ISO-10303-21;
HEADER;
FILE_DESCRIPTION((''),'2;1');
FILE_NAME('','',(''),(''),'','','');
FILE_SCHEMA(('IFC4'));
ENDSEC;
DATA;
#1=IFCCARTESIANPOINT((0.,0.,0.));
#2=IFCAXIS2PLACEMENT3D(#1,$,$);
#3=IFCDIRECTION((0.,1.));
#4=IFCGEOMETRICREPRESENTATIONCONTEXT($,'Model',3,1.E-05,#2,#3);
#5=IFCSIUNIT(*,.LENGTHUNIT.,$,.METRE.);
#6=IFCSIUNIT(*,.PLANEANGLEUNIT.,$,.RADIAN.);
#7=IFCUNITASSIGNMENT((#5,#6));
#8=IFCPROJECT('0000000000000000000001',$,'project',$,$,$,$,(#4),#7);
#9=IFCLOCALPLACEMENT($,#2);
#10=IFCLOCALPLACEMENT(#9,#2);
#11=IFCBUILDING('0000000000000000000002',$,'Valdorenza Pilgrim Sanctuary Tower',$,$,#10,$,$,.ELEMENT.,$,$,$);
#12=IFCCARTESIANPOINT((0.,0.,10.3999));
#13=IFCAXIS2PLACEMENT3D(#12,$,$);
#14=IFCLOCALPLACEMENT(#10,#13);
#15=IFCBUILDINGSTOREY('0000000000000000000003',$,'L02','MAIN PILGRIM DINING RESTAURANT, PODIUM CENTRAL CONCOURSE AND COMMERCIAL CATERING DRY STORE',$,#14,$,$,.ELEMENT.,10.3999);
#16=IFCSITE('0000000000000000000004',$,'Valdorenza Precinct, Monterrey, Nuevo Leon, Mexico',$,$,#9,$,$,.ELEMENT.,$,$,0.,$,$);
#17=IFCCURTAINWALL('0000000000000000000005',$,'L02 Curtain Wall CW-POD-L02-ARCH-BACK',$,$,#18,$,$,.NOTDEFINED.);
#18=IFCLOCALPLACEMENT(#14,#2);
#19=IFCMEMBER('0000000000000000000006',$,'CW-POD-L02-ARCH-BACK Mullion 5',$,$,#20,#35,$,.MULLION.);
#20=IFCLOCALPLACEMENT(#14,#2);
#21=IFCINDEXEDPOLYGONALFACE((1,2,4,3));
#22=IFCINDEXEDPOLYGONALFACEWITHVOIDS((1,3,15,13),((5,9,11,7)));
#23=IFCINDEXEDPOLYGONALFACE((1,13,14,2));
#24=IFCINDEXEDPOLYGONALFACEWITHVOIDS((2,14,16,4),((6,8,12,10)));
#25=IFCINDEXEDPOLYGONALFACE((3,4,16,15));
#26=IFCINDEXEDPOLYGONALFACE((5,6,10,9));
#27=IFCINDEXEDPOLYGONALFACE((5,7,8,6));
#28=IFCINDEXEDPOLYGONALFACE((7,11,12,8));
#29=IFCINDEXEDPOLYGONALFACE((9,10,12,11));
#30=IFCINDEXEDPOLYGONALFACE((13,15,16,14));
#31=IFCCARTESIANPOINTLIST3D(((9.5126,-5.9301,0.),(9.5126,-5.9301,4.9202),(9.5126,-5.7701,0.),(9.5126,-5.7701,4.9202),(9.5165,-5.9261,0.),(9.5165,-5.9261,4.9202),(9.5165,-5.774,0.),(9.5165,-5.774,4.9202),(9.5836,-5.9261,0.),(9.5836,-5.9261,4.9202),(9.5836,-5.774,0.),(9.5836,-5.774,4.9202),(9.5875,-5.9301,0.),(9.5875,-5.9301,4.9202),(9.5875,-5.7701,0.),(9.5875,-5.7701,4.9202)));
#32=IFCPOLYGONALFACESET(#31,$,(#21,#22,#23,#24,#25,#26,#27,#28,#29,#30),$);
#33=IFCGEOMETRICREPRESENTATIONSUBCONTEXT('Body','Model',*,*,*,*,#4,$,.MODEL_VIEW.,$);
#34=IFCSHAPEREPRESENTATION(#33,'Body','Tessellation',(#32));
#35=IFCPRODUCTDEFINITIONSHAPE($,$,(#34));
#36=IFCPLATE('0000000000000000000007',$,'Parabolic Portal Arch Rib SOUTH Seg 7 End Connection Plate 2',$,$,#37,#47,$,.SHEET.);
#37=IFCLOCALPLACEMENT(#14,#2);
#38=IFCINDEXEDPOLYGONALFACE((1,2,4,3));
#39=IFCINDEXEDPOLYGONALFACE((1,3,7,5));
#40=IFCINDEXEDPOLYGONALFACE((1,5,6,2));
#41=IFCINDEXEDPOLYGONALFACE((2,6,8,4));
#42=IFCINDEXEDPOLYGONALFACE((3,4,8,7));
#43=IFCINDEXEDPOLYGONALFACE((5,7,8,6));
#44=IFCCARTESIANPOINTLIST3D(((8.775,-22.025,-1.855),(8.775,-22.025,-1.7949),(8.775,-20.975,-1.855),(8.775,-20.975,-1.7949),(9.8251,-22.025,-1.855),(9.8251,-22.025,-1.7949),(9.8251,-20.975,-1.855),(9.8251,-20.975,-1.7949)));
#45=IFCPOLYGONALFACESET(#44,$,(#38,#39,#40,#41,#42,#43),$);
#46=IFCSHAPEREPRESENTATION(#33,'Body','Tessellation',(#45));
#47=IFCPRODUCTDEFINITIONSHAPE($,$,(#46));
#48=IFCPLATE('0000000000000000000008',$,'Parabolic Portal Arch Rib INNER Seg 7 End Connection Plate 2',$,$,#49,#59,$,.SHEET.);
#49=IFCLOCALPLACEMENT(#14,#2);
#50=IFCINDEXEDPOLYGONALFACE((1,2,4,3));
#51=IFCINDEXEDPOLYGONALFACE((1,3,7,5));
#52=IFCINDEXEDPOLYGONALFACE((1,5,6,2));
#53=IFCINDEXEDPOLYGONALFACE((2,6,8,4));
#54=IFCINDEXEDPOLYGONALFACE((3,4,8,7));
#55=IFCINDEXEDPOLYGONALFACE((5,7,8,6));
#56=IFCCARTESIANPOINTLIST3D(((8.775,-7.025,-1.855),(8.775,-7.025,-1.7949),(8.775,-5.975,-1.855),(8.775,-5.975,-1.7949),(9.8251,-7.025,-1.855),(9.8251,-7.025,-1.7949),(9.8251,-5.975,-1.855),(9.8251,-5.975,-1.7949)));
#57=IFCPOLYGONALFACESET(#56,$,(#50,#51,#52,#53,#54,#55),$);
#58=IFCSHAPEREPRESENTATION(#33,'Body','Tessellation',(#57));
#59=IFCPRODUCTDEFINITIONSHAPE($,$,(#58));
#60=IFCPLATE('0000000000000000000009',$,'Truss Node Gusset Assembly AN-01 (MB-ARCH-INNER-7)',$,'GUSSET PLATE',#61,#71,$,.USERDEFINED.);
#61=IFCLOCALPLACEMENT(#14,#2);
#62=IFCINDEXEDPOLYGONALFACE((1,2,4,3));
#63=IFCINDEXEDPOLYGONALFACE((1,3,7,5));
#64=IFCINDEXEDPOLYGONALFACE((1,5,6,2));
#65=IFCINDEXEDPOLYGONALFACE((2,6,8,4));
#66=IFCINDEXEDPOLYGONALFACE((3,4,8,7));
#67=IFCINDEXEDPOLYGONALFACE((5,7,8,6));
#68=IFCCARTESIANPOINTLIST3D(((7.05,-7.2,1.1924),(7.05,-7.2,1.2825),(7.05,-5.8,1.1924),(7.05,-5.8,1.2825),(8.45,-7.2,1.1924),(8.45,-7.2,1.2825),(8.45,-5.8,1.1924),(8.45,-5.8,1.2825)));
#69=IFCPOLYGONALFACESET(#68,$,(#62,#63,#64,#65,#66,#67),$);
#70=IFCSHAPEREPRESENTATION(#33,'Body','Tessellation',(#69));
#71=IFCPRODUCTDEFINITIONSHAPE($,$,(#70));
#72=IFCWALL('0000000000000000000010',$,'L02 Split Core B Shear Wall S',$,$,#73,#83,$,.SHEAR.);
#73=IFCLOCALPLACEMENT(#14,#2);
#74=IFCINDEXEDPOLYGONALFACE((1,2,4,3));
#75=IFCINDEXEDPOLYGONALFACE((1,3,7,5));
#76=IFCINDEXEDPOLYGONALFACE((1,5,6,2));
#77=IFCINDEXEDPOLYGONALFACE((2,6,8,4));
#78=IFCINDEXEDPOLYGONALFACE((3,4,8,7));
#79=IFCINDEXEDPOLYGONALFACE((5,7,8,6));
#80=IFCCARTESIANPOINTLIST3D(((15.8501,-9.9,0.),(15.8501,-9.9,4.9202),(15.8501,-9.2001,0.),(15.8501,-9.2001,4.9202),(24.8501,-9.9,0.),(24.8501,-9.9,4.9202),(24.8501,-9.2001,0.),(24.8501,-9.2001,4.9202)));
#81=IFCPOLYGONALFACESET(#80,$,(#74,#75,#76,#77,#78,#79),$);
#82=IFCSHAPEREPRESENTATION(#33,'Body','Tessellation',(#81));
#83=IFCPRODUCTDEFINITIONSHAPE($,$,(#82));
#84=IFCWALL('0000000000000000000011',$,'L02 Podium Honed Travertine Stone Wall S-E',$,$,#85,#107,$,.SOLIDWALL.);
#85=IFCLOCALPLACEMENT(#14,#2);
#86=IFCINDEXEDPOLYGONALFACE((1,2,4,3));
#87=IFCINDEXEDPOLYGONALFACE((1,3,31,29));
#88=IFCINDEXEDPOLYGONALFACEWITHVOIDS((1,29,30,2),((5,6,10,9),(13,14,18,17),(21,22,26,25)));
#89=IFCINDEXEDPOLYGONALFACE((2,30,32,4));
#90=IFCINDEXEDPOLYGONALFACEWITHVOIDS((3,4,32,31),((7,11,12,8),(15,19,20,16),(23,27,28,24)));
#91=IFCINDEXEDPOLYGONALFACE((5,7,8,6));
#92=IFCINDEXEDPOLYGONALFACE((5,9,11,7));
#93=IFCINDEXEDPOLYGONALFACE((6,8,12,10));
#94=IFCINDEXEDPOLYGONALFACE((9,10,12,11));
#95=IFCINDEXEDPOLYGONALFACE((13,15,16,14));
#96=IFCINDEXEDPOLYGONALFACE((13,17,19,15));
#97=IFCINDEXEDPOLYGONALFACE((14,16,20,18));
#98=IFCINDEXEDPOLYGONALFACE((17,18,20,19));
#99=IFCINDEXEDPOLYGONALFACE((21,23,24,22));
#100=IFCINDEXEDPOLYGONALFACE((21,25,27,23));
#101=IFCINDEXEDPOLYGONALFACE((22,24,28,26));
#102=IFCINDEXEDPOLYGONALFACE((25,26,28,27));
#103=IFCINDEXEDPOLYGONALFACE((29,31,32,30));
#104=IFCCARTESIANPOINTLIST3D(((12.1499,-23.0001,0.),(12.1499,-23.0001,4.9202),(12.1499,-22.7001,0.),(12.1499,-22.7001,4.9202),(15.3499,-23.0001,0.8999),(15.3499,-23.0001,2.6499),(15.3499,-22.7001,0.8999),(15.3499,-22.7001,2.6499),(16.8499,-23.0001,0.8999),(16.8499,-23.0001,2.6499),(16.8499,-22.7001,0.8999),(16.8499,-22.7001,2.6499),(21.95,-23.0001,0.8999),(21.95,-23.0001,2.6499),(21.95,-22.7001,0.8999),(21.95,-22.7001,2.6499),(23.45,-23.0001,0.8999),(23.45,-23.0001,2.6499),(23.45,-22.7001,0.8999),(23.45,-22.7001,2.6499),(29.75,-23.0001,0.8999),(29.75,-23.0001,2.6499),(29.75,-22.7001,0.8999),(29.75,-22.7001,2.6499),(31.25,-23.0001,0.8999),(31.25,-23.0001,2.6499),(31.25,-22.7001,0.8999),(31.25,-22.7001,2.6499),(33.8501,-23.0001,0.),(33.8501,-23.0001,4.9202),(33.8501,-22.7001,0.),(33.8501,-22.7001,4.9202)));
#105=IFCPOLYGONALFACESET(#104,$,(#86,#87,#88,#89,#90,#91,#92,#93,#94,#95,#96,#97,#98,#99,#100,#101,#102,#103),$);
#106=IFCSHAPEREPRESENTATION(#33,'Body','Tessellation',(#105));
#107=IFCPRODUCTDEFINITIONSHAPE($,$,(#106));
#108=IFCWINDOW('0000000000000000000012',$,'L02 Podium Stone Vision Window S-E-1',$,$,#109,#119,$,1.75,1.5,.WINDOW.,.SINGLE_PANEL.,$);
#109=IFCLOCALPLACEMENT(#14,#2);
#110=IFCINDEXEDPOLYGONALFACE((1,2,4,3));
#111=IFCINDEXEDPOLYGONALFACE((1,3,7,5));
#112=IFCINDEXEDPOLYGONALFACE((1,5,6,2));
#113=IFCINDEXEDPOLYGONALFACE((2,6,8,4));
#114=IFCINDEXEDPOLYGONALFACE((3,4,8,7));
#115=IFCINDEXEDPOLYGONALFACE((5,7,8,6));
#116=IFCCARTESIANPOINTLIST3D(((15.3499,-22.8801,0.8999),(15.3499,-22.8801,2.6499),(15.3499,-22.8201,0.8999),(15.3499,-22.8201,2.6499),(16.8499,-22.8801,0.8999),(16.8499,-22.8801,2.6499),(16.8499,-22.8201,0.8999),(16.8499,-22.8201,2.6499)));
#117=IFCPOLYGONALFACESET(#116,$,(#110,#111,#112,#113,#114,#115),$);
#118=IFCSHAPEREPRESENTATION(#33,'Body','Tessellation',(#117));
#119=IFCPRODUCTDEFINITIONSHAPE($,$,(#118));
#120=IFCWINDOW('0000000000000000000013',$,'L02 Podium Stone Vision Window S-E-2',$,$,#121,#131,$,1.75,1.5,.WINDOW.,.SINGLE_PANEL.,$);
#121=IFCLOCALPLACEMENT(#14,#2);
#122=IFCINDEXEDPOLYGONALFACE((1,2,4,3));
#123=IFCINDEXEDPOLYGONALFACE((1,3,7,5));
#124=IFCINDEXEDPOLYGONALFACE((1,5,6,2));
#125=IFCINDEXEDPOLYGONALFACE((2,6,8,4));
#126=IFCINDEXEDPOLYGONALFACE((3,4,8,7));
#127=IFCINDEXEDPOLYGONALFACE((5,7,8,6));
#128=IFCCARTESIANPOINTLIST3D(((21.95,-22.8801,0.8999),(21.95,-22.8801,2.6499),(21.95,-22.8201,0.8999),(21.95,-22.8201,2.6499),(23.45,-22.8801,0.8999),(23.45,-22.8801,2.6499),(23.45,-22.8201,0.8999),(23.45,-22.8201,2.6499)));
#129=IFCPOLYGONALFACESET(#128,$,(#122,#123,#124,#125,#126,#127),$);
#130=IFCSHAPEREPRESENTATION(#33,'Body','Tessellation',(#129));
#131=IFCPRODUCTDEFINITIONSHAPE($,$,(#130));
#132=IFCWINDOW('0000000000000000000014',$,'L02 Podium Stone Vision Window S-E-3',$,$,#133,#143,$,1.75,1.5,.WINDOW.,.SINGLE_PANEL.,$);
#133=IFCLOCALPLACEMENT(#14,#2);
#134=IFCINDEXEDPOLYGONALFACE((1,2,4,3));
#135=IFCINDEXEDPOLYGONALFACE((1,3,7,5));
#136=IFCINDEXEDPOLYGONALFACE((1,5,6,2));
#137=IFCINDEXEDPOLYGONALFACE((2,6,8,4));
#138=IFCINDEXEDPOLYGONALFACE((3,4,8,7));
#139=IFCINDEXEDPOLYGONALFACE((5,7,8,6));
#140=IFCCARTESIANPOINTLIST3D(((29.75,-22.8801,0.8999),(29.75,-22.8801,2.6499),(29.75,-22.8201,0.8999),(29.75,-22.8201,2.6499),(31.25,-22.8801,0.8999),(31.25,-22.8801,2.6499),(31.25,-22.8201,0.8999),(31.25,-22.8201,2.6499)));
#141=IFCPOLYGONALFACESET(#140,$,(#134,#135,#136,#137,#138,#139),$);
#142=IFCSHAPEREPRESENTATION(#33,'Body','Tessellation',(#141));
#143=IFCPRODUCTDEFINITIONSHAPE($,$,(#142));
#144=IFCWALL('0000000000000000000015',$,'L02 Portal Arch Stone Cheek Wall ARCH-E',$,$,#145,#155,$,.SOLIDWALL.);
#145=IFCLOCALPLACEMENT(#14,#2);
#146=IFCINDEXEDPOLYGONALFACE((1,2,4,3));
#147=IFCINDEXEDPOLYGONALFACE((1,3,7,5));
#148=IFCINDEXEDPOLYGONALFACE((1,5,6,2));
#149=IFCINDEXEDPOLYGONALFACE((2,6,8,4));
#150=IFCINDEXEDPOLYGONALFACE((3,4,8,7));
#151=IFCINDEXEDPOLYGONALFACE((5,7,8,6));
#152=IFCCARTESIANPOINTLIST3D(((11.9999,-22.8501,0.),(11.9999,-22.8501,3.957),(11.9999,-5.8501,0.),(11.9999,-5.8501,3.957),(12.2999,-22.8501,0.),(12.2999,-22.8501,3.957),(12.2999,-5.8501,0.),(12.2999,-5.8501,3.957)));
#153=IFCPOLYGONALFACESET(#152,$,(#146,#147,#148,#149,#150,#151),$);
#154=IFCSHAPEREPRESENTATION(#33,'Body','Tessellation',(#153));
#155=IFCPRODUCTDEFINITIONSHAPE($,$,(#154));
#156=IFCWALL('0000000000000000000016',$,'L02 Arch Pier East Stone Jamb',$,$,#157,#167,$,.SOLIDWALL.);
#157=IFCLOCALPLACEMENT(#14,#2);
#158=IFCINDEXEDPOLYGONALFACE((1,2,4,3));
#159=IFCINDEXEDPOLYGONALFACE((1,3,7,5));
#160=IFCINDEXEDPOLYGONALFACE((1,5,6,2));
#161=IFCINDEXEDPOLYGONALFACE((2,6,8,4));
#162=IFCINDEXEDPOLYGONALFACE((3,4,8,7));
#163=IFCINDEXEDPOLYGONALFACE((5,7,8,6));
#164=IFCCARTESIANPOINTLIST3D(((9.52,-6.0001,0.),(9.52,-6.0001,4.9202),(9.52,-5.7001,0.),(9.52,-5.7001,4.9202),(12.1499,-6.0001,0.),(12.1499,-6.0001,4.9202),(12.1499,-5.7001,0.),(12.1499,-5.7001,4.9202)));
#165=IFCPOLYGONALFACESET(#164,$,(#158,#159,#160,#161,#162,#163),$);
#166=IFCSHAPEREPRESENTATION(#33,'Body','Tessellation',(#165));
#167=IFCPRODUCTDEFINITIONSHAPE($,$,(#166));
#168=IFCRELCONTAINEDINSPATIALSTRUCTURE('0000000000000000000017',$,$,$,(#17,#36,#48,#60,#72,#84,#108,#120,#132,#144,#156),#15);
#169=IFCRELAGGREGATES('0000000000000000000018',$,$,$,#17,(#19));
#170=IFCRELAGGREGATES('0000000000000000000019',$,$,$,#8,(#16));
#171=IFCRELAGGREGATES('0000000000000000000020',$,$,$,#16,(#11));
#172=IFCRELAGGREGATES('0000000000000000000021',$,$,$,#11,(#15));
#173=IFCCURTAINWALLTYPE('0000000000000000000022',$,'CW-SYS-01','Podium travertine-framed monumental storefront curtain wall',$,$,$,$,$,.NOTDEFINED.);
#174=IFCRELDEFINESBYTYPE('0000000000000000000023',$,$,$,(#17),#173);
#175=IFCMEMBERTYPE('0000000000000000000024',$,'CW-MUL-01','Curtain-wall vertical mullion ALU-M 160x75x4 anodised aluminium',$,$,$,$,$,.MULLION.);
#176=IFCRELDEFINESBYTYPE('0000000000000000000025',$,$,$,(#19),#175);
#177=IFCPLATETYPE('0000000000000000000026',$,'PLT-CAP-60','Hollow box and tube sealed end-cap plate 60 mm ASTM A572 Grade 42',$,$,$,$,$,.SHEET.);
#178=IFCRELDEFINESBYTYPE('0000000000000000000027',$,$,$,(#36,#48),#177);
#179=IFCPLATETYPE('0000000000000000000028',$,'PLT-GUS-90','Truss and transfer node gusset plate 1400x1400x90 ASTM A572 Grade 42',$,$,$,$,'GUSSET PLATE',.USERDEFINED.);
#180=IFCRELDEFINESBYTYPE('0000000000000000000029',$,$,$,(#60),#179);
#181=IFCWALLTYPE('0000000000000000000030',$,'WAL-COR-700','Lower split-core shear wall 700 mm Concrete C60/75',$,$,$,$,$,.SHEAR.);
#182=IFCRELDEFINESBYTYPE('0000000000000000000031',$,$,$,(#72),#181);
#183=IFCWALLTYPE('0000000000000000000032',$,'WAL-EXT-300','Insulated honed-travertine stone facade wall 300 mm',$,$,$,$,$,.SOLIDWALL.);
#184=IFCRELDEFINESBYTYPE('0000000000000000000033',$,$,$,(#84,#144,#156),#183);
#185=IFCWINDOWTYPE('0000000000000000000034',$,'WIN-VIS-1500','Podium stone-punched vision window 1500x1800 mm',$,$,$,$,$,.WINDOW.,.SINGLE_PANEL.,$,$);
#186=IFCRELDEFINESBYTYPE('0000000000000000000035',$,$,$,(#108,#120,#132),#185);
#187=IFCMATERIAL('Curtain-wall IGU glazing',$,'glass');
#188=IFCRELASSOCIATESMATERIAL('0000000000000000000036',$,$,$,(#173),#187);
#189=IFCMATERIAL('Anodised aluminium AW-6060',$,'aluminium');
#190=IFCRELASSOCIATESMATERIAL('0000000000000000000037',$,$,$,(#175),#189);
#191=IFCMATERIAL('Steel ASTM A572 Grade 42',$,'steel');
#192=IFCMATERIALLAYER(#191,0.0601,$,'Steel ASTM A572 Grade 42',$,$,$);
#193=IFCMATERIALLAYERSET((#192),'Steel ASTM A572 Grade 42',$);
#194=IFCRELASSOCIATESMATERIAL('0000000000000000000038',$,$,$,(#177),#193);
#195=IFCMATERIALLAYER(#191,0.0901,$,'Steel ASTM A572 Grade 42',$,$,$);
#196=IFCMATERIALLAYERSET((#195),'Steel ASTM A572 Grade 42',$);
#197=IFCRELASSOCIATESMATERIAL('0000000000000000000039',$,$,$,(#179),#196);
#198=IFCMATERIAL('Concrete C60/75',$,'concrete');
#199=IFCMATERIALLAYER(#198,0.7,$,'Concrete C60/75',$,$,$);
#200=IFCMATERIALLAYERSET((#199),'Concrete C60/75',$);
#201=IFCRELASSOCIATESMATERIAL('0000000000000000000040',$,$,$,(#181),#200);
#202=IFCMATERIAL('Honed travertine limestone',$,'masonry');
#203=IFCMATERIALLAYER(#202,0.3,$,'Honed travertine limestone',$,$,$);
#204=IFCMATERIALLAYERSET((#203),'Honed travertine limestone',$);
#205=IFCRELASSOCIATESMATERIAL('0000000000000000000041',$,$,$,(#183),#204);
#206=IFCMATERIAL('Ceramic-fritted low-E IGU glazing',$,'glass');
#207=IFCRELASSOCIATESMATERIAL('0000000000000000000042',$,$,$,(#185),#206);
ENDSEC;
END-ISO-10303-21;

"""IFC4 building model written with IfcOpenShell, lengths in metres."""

from ifc_helpers import new_model, si_unit, direction, frame, frame_2d, origin, origin_2d, place, context, subcontext, project, spatial, rectangle, hollow_rectangle, extrude, source, transform, mapped, material, layer, layer_set, material_profile, profile_set, type_object, element, fill, aggregate, save


model = new_model("IFC4")

# Units and contexts
model_context = context("Model", 3, precision=1e-05, world=origin(), true_north=direction((0.0, 1.0)))
body_context = subcontext(model_context, "Body", "Model", "MODEL_VIEW")
ifc_project = project(units=[si_unit("LENGTHUNIT", "METRE"), si_unit("PLANEANGLEUNIT", "RADIAN")], contexts=[model_context])

# Site, building, storey
site_placement = place(None, origin())
site = spatial("IfcSite", under=ifc_project, at=site_placement, Name="Valdorenza Precinct, Monterrey, Nuevo Leon, Mexico", CompositionType="ELEMENT", RefElevation=0.0)
building_placement = place(site_placement, origin())
building = spatial("IfcBuilding", under=site, at=building_placement, Name="Valdorenza Pilgrim Sanctuary Tower", CompositionType="ELEMENT")
storey_placement = place(building_placement, frame((0.0, 0.0, 10.3999)))
storey = spatial("IfcBuildingStorey", under=building, at=storey_placement, Name="L02", Description="MAIN PILGRIM DINING RESTAURANT, PODIUM CENTRAL CONCOURSE AND COMMERCIAL CATERING DRY STORE", CompositionType="ELEMENT", Elevation=10.3999)

# Shared definitions
ifc_material_1 = material(Name="Concrete C60/75", Category="concrete")

# Curtain wall, member
ifc_material_2 = material(Name="Curtain-wall IGU glazing", Category="glass")
curtain_wall_type = type_object("IfcCurtainWallType", Name="CW-SYS-01", Description="Podium travertine-framed monumental storefront curtain wall", PredefinedType="NOTDEFINED", material=ifc_material_2)
curtain_wall_placement = place(storey_placement, origin())
curtain_wall = element("IfcCurtainWall", 1, at=curtain_wall_placement, inside=storey, type_object=curtain_wall_type, Name="L02 Curtain Wall CW-POD-L02-ARCH-BACK", PredefinedType="NOTDEFINED")
ifc_material_3 = material(Name="Anodised aluminium AW-6060", Category="aluminium")
ifc_material_profile_1 = material_profile(ifc_material_3, hollow_rectangle(XDim=0.075, YDim=0.1599, WallThickness=0.0039, at=origin_2d()), Name="ALU-M 160x75x4")
ifc_profile_set_1 = profile_set([ifc_material_profile_1], Name="Anodised aluminium AW-6060")
member_type = type_object("IfcMemberType", Name="CW-MUL-01", Description="Curtain-wall vertical mullion ALU-M 160x75x4 anodised aluminium", PredefinedType="MULLION", material=ifc_profile_set_1)
shared_shape_1 = source(origin(), body_context, "Body", "SweptSolid", [
    extrude(hollow_rectangle(XDim=0.075, YDim=0.1599, WallThickness=0.0039, at=origin_2d()), origin(), (0.0, 0.0, 1.0), 4.9202),
])
member_placement = place(storey_placement, frame((9.55, -5.8501, 0.0), z_axis=(0.0, 0.0, 1.0), x_axis=(1.0, 0.0, 0.0)))
member = element("IfcMember", 2, at=member_placement, type_object=member_type, Name="CW-POD-L02-ARCH-BACK Mullion 5", PredefinedType="MULLION", context=body_context, shape_type="MappedRepresentation", body=[
    mapped(shared_shape_1, transform((0.0, 0.0, 0.0), x_axis=(1.0, 0.0, 0.0), y_axis=(0.0, 1.0, 0.0), z_axis=(0.0, 0.0, 1.0), scale=1.0)),
])
aggregate(curtain_wall, [member])

# Plates
ifc_material_4 = material(Name="Steel ASTM A572 Grade 42", Category="steel")
ifc_layer_1 = layer(ifc_material_4, 0.0601, Name="Steel ASTM A572 Grade 42")
ifc_layer_set_1 = layer_set([ifc_layer_1], Name="Steel ASTM A572 Grade 42")
plate_type_1 = type_object("IfcPlateType", Name="PLT-CAP-60", Description="Hollow box and tube sealed end-cap plate 60 mm ASTM A572 Grade 42", PredefinedType="SHEET", material=ifc_layer_set_1)
shared_shape_2 = source(origin(), body_context, "Body", "SweptSolid", [
    extrude(rectangle(XDim=1.05, YDim=1.05, at=origin_2d()), origin(), (0.0, 0.0, 1.0), 0.0601),
])
for number, where, z_axis, x_axis, name in (
    (3, (9.3, -21.5, -1.855), (0.0, 0.0, 1.0), (1.0, 0.0, 0.0), "Parabolic Portal Arch Rib SOUTH Seg 7 End Connection Plate 2"),
    (4, (9.3, -6.5, -1.855), (0.0, 0.0, 1.0), (1.0, 0.0, 0.0), "Parabolic Portal Arch Rib INNER Seg 7 End Connection Plate 2"),
):
    element("IfcPlate", number, at=place(storey_placement, frame(where, z_axis=z_axis, x_axis=x_axis)), inside=storey, type_object=plate_type_1, Name=name, PredefinedType="SHEET", context=body_context, shape_type="MappedRepresentation", body=[
        mapped(shared_shape_2, transform((0.0, 0.0, 0.0), x_axis=(1.0, 0.0, 0.0), y_axis=(0.0, 1.0, 0.0), z_axis=(0.0, 0.0, 1.0), scale=1.0)),
    ])
ifc_layer_2 = layer(ifc_material_4, 0.0901, Name="Steel ASTM A572 Grade 42")
ifc_layer_set_2 = layer_set([ifc_layer_2], Name="Steel ASTM A572 Grade 42")
plate_type_2 = type_object("IfcPlateType", Name="PLT-GUS-90", Description="Truss and transfer node gusset plate 1400x1400x90 ASTM A572 Grade 42", ElementType="GUSSET PLATE", PredefinedType="USERDEFINED", material=ifc_layer_set_2)
shared_shape_3 = source(origin(), body_context, "Body", "SweptSolid", [
    extrude(rectangle(XDim=1.3999, YDim=1.3999, at=origin_2d()), origin(), (0.0, 0.0, 1.0), 0.0901),
])
plate_placement = place(storey_placement, frame((7.75, -6.5, 1.1924), z_axis=(0.0, 0.0, 1.0), x_axis=(1.0, 0.0, 0.0)))
element("IfcPlate", 5, at=plate_placement, inside=storey, type_object=plate_type_2, Name="Truss Node Gusset Assembly AN-01 (MB-ARCH-INNER-7)", ObjectType="GUSSET PLATE", PredefinedType="USERDEFINED", context=body_context, shape_type="MappedRepresentation", body=[
    mapped(shared_shape_3, transform((0.0, 0.0, 0.0), x_axis=(1.0, 0.0, 0.0), y_axis=(0.0, 1.0, 0.0), z_axis=(0.0, 0.0, 1.0), scale=1.0)),
])

# Wall
ifc_layer_3 = layer(ifc_material_1, 0.7, Name="Concrete C60/75")
ifc_layer_set_3 = layer_set([ifc_layer_3], Name="Concrete C60/75")
wall_type_1 = type_object("IfcWallType", Name="WAL-COR-700", Description="Lower split-core shear wall 700 mm Concrete C60/75", PredefinedType="SHEAR", material=ifc_layer_set_3)
wall_1_placement = place(storey_placement, frame((15.8501, -9.55, 0.0), z_axis=(0.0, 0.0, 1.0), x_axis=(1.0, 0.0, 0.0)))
element("IfcWall", 6, at=wall_1_placement, inside=storey, type_object=wall_type_1, Name="L02 Split Core B Shear Wall S", PredefinedType="SHEAR", context=body_context, shape_type="SweptSolid", body=[
    extrude(rectangle(XDim=9.0, YDim=0.7, at=frame_2d((4.5, 0.0))), origin(), (0.0, 0.0, 1.0), 4.9202),
])

# Wall, openings, windows
ifc_material_5 = material(Name="Honed travertine limestone", Category="masonry")
ifc_layer_4 = layer(ifc_material_5, 0.3, Name="Honed travertine limestone")
ifc_layer_set_4 = layer_set([ifc_layer_4], Name="Honed travertine limestone")
wall_type_2 = type_object("IfcWallType", Name="WAL-EXT-300", Description="Insulated honed-travertine stone facade wall 300 mm", PredefinedType="SOLIDWALL", material=ifc_layer_set_4)
wall_2_placement = place(storey_placement, frame((12.1499, -22.8501, 0.0), z_axis=(0.0, 0.0, 1.0), x_axis=(1.0, 0.0, 0.0)))
wall_2 = element("IfcWall", 7, at=wall_2_placement, inside=storey, type_object=wall_type_2, Name="L02 Podium Honed Travertine Stone Wall S-E", PredefinedType="SOLIDWALL", context=body_context, shape_type="SweptSolid", body=[
    extrude(rectangle(XDim=21.7002, YDim=0.3, at=frame_2d((10.8501, 0.0))), origin(), (0.0, 0.0, 1.0), 4.9202),
])
opening_1_placement = place(wall_2_placement, frame((3.2, 0.0, 0.8999)))
opening_1 = element("IfcOpeningElement", 8, at=opening_1_placement, cuts=wall_2, PredefinedType="OPENING", context=body_context, shape_type="SweptSolid", body=[
    extrude(rectangle(XDim=1.5, YDim=1.75, at=frame_2d((0.75, 0.875))), frame((0.0, 0.165, 0.0), z_axis=(0.0, -1.0, 0.0), x_axis=(1.0, 0.0, 0.0)), (0.0, 0.0, 1.0), 0.3298),
])
opening_2_placement = place(wall_2_placement, frame((9.8, 0.0, 0.8999)))
opening_2 = element("IfcOpeningElement", 9, at=opening_2_placement, cuts=wall_2, PredefinedType="OPENING", context=body_context, shape_type="SweptSolid", body=[
    extrude(rectangle(XDim=1.5, YDim=1.75, at=frame_2d((0.75, 0.875))), frame((0.0, 0.165, 0.0), z_axis=(0.0, -1.0, 0.0), x_axis=(1.0, 0.0, 0.0)), (0.0, 0.0, 1.0), 0.3298),
])
opening_3_placement = place(wall_2_placement, frame((17.6001, 0.0, 0.8999)))
opening_3 = element("IfcOpeningElement", 10, at=opening_3_placement, cuts=wall_2, PredefinedType="OPENING", context=body_context, shape_type="SweptSolid", body=[
    extrude(rectangle(XDim=1.5, YDim=1.75, at=frame_2d((0.75, 0.875))), frame((0.0, 0.165, 0.0), z_axis=(0.0, -1.0, 0.0), x_axis=(1.0, 0.0, 0.0)), (0.0, 0.0, 1.0), 0.3298),
])
ifc_material_6 = material(Name="Ceramic-fritted low-E IGU glazing", Category="glass")
window_type = type_object("IfcWindowType", Name="WIN-VIS-1500", Description="Podium stone-punched vision window 1500x1800 mm", PartitioningType="SINGLE_PANEL", PredefinedType="WINDOW", material=ifc_material_6)
window_1_placement = place(opening_1_placement, origin())
window_1 = element("IfcWindow", 11, at=window_1_placement, inside=storey, type_object=window_type, Name="L02 Podium Stone Vision Window S-E-1", OverallHeight=1.75, OverallWidth=1.5, PartitioningType="SINGLE_PANEL", PredefinedType="WINDOW", context=body_context, shape_type="SweptSolid", body=[
    extrude(rectangle(XDim=1.5, YDim=1.75, at=frame_2d((0.75, 0.875))), frame((0.0, 0.03, 0.0), z_axis=(0.0, -1.0, 0.0), x_axis=(1.0, 0.0, 0.0)), (0.0, 0.0, 1.0), 0.0601),
])
fill(opening_1, window_1)
window_2_placement = place(opening_2_placement, origin())
window_2 = element("IfcWindow", 12, at=window_2_placement, inside=storey, type_object=window_type, Name="L02 Podium Stone Vision Window S-E-2", OverallHeight=1.75, OverallWidth=1.5, PartitioningType="SINGLE_PANEL", PredefinedType="WINDOW", context=body_context, shape_type="SweptSolid", body=[
    extrude(rectangle(XDim=1.5, YDim=1.75, at=frame_2d((0.75, 0.875))), frame((0.0, 0.03, 0.0), z_axis=(0.0, -1.0, 0.0), x_axis=(1.0, 0.0, 0.0)), (0.0, 0.0, 1.0), 0.0601),
])
fill(opening_2, window_2)
window_3_placement = place(opening_3_placement, origin())
window_3 = element("IfcWindow", 13, at=window_3_placement, inside=storey, type_object=window_type, Name="L02 Podium Stone Vision Window S-E-3", OverallHeight=1.75, OverallWidth=1.5, PartitioningType="SINGLE_PANEL", PredefinedType="WINDOW", context=body_context, shape_type="SweptSolid", body=[
    extrude(rectangle(XDim=1.5, YDim=1.75, at=frame_2d((0.75, 0.875))), frame((0.0, 0.03, 0.0), z_axis=(0.0, -1.0, 0.0), x_axis=(1.0, 0.0, 0.0)), (0.0, 0.0, 1.0), 0.0601),
])
fill(opening_3, window_3)

# Walls
wall_3_placement = place(storey_placement, frame((12.1499, -22.8501, 0.0), z_axis=(0.0, 0.0, 1.0), x_axis=(0.0, 1.0, 0.0)))
element("IfcWall", 14, at=wall_3_placement, inside=storey, type_object=wall_type_2, Name="L02 Portal Arch Stone Cheek Wall ARCH-E", PredefinedType="SOLIDWALL", context=body_context, shape_type="SweptSolid", body=[
    extrude(rectangle(XDim=17.0, YDim=0.3, at=frame_2d((8.5, 0.0))), origin(), (0.0, 0.0, 1.0), 3.957),
])
wall_4_placement = place(storey_placement, frame((9.52, -5.8501, 0.0), z_axis=(0.0, 0.0, 1.0), x_axis=(1.0, 0.0, 0.0)))
element("IfcWall", 15, at=wall_4_placement, inside=storey, type_object=wall_type_2, Name="L02 Arch Pier East Stone Jamb", PredefinedType="SOLIDWALL", context=body_context, shape_type="SweptSolid", body=[
    extrude(rectangle(XDim=2.6299, YDim=0.3, at=frame_2d((1.3149, 0.0))), origin(), (0.0, 0.0, 1.0), 4.9202),
])

save(model, "model.ifc")
